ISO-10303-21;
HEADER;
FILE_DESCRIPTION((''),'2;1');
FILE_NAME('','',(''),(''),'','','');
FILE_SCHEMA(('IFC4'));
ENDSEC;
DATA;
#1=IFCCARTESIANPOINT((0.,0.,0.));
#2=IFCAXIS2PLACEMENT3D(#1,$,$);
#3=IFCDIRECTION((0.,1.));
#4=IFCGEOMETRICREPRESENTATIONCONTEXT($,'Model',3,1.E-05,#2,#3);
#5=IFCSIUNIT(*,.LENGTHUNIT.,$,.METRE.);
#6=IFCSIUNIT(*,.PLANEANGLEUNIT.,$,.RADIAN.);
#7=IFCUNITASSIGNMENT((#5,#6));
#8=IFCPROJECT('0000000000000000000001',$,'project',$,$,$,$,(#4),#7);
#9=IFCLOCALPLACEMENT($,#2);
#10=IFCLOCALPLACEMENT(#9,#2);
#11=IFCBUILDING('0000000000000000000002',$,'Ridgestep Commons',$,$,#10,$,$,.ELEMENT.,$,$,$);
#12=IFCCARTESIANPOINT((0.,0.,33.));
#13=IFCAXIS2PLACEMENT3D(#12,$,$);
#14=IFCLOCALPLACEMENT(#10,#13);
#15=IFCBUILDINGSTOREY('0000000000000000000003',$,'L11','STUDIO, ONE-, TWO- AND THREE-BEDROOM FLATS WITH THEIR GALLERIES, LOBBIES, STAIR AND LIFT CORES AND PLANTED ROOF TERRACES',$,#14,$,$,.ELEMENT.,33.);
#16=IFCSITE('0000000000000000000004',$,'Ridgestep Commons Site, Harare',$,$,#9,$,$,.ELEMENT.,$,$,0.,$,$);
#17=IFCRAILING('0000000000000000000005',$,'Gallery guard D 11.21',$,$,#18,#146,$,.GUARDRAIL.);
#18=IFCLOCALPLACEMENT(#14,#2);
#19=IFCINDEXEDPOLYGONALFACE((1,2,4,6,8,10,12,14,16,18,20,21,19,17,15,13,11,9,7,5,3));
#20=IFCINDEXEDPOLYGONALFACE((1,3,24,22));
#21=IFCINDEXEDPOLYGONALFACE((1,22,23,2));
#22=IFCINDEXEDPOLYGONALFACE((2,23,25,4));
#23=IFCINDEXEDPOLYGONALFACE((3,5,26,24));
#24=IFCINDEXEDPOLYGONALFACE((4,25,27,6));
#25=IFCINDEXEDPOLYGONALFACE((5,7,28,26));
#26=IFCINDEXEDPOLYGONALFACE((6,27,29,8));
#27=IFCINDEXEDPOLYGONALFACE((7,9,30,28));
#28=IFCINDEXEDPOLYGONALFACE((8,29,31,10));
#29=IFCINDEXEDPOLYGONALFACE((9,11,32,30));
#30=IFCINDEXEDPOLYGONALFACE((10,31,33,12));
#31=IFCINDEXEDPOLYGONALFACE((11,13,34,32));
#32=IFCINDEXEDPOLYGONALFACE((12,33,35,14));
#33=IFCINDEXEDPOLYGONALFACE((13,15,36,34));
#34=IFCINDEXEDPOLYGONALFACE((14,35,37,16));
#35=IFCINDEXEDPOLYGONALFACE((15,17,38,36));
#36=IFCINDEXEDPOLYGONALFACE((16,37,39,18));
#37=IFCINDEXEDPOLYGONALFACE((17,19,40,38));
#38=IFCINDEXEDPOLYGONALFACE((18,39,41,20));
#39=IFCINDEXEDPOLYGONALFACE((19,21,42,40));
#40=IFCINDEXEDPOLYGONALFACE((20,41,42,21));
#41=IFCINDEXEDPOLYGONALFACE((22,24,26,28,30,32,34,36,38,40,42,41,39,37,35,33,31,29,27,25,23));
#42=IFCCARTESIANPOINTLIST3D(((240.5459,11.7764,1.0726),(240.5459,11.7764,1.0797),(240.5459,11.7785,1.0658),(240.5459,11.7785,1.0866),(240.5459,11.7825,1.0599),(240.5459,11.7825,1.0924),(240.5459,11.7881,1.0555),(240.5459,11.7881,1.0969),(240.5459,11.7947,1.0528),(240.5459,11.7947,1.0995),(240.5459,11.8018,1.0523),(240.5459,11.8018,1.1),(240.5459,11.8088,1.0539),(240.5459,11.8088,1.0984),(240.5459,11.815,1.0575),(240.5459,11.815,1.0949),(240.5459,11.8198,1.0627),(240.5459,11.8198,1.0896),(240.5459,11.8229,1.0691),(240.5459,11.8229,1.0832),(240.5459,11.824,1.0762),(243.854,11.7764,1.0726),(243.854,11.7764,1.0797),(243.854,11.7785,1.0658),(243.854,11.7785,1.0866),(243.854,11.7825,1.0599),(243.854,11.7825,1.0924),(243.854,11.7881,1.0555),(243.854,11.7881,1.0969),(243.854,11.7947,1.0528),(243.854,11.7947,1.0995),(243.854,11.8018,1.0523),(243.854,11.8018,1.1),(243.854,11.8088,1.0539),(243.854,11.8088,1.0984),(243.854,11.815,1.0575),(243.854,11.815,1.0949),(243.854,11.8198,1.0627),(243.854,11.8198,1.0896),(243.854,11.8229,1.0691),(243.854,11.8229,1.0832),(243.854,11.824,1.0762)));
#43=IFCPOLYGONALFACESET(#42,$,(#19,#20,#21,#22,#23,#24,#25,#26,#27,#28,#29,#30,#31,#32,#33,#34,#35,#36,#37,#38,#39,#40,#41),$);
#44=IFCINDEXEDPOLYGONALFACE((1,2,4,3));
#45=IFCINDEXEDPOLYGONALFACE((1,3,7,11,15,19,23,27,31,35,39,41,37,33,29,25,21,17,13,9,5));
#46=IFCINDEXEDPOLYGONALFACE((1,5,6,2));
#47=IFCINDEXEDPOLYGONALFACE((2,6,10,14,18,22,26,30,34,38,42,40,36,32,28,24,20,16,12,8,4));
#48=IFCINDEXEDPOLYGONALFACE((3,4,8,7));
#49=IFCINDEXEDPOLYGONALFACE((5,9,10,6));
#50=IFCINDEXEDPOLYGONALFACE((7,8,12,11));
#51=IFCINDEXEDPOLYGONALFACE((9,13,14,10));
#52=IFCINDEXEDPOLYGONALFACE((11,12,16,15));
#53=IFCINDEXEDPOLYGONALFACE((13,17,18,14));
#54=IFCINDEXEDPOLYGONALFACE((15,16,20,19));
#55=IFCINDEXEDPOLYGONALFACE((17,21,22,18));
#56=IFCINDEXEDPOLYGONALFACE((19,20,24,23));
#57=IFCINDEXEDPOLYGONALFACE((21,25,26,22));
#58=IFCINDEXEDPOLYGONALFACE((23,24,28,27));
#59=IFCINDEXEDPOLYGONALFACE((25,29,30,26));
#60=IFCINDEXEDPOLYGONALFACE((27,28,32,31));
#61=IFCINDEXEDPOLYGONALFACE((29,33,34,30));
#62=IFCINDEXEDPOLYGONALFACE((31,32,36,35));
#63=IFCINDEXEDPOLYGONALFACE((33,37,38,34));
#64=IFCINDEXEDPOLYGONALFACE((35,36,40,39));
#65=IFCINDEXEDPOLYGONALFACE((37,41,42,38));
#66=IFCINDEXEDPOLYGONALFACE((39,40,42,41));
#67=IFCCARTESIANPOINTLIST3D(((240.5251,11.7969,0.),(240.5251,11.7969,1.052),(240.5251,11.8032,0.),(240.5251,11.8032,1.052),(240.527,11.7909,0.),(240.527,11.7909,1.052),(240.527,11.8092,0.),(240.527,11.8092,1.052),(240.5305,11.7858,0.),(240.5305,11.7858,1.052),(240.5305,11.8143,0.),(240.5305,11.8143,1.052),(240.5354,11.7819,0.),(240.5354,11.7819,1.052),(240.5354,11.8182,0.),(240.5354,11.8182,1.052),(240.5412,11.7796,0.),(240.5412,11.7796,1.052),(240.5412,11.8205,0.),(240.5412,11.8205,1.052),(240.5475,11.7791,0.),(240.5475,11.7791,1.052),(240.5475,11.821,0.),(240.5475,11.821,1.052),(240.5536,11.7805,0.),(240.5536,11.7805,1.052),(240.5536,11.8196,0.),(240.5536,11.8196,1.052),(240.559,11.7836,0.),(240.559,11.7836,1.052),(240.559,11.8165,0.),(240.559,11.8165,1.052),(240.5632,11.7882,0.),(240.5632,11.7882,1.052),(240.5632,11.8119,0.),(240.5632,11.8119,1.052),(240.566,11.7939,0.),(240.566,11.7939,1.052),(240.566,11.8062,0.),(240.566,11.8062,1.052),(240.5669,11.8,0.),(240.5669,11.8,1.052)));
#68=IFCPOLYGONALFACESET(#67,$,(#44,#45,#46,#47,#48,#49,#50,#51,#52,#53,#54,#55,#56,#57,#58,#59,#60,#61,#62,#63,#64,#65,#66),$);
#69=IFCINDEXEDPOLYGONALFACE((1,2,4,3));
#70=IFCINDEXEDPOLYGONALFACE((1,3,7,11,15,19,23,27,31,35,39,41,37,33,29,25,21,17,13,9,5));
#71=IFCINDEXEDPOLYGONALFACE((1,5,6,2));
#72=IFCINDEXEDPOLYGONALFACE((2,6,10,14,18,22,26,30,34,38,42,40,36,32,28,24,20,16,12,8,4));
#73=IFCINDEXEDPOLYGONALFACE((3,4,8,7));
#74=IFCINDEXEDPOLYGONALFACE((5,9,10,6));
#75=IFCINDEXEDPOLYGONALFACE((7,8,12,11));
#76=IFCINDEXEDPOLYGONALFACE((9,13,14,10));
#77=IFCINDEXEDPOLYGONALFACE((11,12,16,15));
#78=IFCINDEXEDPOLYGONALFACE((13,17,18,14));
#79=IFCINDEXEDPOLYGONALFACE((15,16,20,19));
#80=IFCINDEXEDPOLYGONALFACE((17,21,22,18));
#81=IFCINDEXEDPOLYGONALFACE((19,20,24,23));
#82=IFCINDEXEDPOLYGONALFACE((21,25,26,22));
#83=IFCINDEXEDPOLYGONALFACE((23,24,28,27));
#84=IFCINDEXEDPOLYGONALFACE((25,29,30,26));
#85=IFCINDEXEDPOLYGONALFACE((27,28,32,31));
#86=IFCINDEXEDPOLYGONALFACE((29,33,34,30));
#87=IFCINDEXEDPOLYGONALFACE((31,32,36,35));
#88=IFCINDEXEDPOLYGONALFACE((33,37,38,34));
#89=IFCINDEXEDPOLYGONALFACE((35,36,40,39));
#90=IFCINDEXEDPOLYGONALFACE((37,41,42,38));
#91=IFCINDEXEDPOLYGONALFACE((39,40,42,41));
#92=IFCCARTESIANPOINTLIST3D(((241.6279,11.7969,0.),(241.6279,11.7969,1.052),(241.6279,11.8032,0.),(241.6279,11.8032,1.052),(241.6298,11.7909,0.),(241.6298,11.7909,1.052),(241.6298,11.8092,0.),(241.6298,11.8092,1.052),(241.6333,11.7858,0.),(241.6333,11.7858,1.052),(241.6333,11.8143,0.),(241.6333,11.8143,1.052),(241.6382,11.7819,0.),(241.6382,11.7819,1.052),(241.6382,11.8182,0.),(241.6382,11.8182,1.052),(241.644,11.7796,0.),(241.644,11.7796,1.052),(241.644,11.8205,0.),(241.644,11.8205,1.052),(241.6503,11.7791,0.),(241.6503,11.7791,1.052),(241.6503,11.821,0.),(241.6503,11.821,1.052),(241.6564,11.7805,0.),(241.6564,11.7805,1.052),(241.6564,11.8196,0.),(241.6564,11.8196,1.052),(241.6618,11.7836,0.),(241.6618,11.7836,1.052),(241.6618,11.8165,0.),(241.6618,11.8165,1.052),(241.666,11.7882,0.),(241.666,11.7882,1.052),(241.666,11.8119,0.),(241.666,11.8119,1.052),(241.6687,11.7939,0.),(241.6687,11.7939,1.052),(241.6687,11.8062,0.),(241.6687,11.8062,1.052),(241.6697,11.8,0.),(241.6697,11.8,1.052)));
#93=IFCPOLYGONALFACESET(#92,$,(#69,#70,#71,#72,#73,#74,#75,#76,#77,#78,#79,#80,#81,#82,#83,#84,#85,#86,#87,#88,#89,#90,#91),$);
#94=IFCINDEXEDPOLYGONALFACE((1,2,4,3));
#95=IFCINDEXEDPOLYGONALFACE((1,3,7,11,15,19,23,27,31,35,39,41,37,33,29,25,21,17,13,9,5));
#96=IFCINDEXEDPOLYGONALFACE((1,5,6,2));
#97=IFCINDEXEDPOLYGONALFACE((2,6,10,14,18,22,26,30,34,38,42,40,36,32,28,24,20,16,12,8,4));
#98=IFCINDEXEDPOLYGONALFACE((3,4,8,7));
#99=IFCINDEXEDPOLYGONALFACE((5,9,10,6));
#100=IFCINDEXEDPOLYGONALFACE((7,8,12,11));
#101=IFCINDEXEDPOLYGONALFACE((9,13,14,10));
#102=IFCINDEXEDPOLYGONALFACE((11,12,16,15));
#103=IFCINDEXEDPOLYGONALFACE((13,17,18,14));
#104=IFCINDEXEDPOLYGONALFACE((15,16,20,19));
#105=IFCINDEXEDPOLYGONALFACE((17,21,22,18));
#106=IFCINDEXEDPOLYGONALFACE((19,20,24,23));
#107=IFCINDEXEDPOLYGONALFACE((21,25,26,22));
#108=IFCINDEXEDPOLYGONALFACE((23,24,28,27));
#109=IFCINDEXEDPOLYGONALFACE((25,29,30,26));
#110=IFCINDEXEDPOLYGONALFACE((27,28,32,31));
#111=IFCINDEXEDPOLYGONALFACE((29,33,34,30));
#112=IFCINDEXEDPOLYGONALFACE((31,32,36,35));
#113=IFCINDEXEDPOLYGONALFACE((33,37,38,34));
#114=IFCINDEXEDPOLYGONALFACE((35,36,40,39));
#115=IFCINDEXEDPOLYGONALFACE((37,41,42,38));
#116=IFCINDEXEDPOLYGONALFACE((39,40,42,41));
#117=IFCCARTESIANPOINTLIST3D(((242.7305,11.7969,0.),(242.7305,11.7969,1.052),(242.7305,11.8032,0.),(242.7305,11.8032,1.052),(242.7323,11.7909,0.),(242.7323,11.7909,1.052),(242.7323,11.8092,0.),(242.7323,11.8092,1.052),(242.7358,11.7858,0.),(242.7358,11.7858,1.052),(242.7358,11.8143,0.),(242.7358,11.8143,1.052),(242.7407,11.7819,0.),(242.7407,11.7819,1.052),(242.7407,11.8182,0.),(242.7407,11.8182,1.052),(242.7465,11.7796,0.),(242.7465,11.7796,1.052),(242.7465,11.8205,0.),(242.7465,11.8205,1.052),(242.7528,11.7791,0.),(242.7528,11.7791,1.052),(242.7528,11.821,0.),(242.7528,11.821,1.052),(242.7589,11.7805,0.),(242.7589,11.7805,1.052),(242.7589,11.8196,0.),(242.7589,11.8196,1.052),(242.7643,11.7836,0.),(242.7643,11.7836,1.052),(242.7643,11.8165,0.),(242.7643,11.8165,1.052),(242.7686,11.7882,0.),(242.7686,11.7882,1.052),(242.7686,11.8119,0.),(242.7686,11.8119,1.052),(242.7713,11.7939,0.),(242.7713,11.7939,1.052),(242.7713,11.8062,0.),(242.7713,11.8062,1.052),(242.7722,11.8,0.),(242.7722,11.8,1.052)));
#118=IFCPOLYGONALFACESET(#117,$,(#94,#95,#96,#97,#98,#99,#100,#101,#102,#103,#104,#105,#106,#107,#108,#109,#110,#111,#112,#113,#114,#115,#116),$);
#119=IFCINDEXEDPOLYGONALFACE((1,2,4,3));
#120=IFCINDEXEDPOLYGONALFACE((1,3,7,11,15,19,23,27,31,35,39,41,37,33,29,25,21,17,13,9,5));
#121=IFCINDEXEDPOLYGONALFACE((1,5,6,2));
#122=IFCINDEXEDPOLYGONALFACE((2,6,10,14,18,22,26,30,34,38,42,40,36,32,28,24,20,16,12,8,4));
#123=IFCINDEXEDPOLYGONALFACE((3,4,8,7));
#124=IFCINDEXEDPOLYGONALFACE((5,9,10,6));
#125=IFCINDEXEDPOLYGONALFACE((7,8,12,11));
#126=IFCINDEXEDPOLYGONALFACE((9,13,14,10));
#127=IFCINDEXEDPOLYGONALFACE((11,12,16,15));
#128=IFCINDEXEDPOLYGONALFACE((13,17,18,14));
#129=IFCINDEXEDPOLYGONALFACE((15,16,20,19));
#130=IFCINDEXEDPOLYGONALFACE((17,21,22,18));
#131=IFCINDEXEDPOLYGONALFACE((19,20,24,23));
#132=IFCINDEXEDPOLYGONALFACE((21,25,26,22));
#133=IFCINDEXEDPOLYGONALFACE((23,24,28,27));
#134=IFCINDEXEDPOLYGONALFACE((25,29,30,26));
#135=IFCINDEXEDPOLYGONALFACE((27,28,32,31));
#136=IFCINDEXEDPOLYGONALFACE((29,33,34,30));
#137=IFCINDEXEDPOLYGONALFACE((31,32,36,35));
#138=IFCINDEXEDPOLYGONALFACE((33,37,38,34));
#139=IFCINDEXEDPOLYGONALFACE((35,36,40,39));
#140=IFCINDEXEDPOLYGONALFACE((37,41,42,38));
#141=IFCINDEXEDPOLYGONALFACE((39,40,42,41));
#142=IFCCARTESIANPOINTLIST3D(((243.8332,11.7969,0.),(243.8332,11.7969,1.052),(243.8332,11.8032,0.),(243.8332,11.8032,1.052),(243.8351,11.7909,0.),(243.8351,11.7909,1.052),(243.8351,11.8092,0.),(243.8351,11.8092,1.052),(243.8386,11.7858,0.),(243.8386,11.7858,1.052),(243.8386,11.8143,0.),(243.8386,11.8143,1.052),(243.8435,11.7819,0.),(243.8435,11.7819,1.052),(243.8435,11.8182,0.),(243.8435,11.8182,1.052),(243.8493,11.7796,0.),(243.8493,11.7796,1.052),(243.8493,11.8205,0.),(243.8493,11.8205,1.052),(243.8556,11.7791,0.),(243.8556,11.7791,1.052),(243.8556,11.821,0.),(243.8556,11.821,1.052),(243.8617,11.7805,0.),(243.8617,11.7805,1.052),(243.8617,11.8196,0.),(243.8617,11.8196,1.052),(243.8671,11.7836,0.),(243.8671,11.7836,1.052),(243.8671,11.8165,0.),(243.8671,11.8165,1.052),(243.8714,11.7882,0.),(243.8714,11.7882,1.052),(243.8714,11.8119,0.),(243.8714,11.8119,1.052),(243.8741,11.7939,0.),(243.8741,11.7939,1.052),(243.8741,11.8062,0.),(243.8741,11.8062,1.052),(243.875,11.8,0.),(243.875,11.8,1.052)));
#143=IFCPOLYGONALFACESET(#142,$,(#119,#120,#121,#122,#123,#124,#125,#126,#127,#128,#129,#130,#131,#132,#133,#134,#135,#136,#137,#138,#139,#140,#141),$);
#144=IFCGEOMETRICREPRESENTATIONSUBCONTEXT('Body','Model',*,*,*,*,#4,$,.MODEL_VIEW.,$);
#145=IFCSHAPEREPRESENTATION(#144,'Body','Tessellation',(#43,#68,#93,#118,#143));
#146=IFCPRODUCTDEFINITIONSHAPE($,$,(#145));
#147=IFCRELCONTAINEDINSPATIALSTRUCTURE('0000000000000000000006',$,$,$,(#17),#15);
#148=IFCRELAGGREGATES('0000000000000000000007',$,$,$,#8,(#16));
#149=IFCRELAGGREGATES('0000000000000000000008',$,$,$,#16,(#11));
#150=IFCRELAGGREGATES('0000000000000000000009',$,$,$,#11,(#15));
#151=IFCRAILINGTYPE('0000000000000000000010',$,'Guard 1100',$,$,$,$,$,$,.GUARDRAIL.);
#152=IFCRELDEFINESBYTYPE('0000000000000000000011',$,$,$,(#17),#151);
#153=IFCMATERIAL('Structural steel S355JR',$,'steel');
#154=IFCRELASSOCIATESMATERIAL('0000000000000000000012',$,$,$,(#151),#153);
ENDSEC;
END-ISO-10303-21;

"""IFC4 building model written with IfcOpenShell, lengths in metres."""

from ifc_helpers import new_model, si_unit, direction, frame, origin, origin_2d, place, context, subcontext, project, spatial, circle, extrude, material, type_object, element, save


model = new_model("IFC4")

# Units and contexts
model_context = context("Model", 3, precision=1e-05, world=origin(), true_north=direction((0.0, 1.0)))
body_context = subcontext(model_context, "Body", "Model", "MODEL_VIEW")
ifc_project = project(units=[si_unit("LENGTHUNIT", "METRE"), si_unit("PLANEANGLEUNIT", "RADIAN")], contexts=[model_context])

# Site, building, storey
site_placement = place(None, origin())
site = spatial("IfcSite", under=ifc_project, at=site_placement, Name="Ridgestep Commons Site, Harare", CompositionType="ELEMENT", RefElevation=0.0)
building_placement = place(site_placement, origin())
building = spatial("IfcBuilding", under=site, at=building_placement, Name="Ridgestep Commons", CompositionType="ELEMENT")
storey_placement = place(building_placement, frame((0.0, 0.0, 33.0)))
storey = spatial("IfcBuildingStorey", under=building, at=storey_placement, Name="L11", Description="STUDIO, ONE-, TWO- AND THREE-BEDROOM FLATS WITH THEIR GALLERIES, LOBBIES, STAIR AND LIFT CORES AND PLANTED ROOF TERRACES", CompositionType="ELEMENT", Elevation=33.0)

# Railing
ifc_material_1 = material(Name="Structural steel S355JR", Category="steel")
railing_type = type_object("IfcRailingType", Name="Guard 1100", PredefinedType="GUARDRAIL", material=ifc_material_1)
railing_1_placement = place(storey_placement, frame((240.5459, 11.8, 0.0)))
element("IfcRailing", 1, at=railing_1_placement, inside=storey, type_object=railing_type, Name="Gallery guard D 11.21", PredefinedType="GUARDRAIL", context=body_context, shape_type="SweptSolid", body=[
    extrude(circle(Radius=0.0239, at=origin_2d()), frame((0.0, 0.0, 1.0762), z_axis=(1.0, 0.0, 0.0), x_axis=(0.0, 1.0, 0.0)), (0.0, 0.0, 1.0), 3.3081),
    extrude(circle(Radius=0.021, at=origin_2d()), origin(), (0.0, 0.0, 1.0), 1.052),
    extrude(circle(Radius=0.021, at=origin_2d()), frame((1.1028, 0.0, 0.0)), (0.0, 0.0, 1.0), 1.052),
    extrude(circle(Radius=0.021, at=origin_2d()), frame((2.2053, 0.0, 0.0)), (0.0, 0.0, 1.0), 1.052),
    extrude(circle(Radius=0.021, at=origin_2d()), frame((3.3081, 0.0, 0.0)), (0.0, 0.0, 1.0), 1.052),
])

save(model, "model.ifc")
